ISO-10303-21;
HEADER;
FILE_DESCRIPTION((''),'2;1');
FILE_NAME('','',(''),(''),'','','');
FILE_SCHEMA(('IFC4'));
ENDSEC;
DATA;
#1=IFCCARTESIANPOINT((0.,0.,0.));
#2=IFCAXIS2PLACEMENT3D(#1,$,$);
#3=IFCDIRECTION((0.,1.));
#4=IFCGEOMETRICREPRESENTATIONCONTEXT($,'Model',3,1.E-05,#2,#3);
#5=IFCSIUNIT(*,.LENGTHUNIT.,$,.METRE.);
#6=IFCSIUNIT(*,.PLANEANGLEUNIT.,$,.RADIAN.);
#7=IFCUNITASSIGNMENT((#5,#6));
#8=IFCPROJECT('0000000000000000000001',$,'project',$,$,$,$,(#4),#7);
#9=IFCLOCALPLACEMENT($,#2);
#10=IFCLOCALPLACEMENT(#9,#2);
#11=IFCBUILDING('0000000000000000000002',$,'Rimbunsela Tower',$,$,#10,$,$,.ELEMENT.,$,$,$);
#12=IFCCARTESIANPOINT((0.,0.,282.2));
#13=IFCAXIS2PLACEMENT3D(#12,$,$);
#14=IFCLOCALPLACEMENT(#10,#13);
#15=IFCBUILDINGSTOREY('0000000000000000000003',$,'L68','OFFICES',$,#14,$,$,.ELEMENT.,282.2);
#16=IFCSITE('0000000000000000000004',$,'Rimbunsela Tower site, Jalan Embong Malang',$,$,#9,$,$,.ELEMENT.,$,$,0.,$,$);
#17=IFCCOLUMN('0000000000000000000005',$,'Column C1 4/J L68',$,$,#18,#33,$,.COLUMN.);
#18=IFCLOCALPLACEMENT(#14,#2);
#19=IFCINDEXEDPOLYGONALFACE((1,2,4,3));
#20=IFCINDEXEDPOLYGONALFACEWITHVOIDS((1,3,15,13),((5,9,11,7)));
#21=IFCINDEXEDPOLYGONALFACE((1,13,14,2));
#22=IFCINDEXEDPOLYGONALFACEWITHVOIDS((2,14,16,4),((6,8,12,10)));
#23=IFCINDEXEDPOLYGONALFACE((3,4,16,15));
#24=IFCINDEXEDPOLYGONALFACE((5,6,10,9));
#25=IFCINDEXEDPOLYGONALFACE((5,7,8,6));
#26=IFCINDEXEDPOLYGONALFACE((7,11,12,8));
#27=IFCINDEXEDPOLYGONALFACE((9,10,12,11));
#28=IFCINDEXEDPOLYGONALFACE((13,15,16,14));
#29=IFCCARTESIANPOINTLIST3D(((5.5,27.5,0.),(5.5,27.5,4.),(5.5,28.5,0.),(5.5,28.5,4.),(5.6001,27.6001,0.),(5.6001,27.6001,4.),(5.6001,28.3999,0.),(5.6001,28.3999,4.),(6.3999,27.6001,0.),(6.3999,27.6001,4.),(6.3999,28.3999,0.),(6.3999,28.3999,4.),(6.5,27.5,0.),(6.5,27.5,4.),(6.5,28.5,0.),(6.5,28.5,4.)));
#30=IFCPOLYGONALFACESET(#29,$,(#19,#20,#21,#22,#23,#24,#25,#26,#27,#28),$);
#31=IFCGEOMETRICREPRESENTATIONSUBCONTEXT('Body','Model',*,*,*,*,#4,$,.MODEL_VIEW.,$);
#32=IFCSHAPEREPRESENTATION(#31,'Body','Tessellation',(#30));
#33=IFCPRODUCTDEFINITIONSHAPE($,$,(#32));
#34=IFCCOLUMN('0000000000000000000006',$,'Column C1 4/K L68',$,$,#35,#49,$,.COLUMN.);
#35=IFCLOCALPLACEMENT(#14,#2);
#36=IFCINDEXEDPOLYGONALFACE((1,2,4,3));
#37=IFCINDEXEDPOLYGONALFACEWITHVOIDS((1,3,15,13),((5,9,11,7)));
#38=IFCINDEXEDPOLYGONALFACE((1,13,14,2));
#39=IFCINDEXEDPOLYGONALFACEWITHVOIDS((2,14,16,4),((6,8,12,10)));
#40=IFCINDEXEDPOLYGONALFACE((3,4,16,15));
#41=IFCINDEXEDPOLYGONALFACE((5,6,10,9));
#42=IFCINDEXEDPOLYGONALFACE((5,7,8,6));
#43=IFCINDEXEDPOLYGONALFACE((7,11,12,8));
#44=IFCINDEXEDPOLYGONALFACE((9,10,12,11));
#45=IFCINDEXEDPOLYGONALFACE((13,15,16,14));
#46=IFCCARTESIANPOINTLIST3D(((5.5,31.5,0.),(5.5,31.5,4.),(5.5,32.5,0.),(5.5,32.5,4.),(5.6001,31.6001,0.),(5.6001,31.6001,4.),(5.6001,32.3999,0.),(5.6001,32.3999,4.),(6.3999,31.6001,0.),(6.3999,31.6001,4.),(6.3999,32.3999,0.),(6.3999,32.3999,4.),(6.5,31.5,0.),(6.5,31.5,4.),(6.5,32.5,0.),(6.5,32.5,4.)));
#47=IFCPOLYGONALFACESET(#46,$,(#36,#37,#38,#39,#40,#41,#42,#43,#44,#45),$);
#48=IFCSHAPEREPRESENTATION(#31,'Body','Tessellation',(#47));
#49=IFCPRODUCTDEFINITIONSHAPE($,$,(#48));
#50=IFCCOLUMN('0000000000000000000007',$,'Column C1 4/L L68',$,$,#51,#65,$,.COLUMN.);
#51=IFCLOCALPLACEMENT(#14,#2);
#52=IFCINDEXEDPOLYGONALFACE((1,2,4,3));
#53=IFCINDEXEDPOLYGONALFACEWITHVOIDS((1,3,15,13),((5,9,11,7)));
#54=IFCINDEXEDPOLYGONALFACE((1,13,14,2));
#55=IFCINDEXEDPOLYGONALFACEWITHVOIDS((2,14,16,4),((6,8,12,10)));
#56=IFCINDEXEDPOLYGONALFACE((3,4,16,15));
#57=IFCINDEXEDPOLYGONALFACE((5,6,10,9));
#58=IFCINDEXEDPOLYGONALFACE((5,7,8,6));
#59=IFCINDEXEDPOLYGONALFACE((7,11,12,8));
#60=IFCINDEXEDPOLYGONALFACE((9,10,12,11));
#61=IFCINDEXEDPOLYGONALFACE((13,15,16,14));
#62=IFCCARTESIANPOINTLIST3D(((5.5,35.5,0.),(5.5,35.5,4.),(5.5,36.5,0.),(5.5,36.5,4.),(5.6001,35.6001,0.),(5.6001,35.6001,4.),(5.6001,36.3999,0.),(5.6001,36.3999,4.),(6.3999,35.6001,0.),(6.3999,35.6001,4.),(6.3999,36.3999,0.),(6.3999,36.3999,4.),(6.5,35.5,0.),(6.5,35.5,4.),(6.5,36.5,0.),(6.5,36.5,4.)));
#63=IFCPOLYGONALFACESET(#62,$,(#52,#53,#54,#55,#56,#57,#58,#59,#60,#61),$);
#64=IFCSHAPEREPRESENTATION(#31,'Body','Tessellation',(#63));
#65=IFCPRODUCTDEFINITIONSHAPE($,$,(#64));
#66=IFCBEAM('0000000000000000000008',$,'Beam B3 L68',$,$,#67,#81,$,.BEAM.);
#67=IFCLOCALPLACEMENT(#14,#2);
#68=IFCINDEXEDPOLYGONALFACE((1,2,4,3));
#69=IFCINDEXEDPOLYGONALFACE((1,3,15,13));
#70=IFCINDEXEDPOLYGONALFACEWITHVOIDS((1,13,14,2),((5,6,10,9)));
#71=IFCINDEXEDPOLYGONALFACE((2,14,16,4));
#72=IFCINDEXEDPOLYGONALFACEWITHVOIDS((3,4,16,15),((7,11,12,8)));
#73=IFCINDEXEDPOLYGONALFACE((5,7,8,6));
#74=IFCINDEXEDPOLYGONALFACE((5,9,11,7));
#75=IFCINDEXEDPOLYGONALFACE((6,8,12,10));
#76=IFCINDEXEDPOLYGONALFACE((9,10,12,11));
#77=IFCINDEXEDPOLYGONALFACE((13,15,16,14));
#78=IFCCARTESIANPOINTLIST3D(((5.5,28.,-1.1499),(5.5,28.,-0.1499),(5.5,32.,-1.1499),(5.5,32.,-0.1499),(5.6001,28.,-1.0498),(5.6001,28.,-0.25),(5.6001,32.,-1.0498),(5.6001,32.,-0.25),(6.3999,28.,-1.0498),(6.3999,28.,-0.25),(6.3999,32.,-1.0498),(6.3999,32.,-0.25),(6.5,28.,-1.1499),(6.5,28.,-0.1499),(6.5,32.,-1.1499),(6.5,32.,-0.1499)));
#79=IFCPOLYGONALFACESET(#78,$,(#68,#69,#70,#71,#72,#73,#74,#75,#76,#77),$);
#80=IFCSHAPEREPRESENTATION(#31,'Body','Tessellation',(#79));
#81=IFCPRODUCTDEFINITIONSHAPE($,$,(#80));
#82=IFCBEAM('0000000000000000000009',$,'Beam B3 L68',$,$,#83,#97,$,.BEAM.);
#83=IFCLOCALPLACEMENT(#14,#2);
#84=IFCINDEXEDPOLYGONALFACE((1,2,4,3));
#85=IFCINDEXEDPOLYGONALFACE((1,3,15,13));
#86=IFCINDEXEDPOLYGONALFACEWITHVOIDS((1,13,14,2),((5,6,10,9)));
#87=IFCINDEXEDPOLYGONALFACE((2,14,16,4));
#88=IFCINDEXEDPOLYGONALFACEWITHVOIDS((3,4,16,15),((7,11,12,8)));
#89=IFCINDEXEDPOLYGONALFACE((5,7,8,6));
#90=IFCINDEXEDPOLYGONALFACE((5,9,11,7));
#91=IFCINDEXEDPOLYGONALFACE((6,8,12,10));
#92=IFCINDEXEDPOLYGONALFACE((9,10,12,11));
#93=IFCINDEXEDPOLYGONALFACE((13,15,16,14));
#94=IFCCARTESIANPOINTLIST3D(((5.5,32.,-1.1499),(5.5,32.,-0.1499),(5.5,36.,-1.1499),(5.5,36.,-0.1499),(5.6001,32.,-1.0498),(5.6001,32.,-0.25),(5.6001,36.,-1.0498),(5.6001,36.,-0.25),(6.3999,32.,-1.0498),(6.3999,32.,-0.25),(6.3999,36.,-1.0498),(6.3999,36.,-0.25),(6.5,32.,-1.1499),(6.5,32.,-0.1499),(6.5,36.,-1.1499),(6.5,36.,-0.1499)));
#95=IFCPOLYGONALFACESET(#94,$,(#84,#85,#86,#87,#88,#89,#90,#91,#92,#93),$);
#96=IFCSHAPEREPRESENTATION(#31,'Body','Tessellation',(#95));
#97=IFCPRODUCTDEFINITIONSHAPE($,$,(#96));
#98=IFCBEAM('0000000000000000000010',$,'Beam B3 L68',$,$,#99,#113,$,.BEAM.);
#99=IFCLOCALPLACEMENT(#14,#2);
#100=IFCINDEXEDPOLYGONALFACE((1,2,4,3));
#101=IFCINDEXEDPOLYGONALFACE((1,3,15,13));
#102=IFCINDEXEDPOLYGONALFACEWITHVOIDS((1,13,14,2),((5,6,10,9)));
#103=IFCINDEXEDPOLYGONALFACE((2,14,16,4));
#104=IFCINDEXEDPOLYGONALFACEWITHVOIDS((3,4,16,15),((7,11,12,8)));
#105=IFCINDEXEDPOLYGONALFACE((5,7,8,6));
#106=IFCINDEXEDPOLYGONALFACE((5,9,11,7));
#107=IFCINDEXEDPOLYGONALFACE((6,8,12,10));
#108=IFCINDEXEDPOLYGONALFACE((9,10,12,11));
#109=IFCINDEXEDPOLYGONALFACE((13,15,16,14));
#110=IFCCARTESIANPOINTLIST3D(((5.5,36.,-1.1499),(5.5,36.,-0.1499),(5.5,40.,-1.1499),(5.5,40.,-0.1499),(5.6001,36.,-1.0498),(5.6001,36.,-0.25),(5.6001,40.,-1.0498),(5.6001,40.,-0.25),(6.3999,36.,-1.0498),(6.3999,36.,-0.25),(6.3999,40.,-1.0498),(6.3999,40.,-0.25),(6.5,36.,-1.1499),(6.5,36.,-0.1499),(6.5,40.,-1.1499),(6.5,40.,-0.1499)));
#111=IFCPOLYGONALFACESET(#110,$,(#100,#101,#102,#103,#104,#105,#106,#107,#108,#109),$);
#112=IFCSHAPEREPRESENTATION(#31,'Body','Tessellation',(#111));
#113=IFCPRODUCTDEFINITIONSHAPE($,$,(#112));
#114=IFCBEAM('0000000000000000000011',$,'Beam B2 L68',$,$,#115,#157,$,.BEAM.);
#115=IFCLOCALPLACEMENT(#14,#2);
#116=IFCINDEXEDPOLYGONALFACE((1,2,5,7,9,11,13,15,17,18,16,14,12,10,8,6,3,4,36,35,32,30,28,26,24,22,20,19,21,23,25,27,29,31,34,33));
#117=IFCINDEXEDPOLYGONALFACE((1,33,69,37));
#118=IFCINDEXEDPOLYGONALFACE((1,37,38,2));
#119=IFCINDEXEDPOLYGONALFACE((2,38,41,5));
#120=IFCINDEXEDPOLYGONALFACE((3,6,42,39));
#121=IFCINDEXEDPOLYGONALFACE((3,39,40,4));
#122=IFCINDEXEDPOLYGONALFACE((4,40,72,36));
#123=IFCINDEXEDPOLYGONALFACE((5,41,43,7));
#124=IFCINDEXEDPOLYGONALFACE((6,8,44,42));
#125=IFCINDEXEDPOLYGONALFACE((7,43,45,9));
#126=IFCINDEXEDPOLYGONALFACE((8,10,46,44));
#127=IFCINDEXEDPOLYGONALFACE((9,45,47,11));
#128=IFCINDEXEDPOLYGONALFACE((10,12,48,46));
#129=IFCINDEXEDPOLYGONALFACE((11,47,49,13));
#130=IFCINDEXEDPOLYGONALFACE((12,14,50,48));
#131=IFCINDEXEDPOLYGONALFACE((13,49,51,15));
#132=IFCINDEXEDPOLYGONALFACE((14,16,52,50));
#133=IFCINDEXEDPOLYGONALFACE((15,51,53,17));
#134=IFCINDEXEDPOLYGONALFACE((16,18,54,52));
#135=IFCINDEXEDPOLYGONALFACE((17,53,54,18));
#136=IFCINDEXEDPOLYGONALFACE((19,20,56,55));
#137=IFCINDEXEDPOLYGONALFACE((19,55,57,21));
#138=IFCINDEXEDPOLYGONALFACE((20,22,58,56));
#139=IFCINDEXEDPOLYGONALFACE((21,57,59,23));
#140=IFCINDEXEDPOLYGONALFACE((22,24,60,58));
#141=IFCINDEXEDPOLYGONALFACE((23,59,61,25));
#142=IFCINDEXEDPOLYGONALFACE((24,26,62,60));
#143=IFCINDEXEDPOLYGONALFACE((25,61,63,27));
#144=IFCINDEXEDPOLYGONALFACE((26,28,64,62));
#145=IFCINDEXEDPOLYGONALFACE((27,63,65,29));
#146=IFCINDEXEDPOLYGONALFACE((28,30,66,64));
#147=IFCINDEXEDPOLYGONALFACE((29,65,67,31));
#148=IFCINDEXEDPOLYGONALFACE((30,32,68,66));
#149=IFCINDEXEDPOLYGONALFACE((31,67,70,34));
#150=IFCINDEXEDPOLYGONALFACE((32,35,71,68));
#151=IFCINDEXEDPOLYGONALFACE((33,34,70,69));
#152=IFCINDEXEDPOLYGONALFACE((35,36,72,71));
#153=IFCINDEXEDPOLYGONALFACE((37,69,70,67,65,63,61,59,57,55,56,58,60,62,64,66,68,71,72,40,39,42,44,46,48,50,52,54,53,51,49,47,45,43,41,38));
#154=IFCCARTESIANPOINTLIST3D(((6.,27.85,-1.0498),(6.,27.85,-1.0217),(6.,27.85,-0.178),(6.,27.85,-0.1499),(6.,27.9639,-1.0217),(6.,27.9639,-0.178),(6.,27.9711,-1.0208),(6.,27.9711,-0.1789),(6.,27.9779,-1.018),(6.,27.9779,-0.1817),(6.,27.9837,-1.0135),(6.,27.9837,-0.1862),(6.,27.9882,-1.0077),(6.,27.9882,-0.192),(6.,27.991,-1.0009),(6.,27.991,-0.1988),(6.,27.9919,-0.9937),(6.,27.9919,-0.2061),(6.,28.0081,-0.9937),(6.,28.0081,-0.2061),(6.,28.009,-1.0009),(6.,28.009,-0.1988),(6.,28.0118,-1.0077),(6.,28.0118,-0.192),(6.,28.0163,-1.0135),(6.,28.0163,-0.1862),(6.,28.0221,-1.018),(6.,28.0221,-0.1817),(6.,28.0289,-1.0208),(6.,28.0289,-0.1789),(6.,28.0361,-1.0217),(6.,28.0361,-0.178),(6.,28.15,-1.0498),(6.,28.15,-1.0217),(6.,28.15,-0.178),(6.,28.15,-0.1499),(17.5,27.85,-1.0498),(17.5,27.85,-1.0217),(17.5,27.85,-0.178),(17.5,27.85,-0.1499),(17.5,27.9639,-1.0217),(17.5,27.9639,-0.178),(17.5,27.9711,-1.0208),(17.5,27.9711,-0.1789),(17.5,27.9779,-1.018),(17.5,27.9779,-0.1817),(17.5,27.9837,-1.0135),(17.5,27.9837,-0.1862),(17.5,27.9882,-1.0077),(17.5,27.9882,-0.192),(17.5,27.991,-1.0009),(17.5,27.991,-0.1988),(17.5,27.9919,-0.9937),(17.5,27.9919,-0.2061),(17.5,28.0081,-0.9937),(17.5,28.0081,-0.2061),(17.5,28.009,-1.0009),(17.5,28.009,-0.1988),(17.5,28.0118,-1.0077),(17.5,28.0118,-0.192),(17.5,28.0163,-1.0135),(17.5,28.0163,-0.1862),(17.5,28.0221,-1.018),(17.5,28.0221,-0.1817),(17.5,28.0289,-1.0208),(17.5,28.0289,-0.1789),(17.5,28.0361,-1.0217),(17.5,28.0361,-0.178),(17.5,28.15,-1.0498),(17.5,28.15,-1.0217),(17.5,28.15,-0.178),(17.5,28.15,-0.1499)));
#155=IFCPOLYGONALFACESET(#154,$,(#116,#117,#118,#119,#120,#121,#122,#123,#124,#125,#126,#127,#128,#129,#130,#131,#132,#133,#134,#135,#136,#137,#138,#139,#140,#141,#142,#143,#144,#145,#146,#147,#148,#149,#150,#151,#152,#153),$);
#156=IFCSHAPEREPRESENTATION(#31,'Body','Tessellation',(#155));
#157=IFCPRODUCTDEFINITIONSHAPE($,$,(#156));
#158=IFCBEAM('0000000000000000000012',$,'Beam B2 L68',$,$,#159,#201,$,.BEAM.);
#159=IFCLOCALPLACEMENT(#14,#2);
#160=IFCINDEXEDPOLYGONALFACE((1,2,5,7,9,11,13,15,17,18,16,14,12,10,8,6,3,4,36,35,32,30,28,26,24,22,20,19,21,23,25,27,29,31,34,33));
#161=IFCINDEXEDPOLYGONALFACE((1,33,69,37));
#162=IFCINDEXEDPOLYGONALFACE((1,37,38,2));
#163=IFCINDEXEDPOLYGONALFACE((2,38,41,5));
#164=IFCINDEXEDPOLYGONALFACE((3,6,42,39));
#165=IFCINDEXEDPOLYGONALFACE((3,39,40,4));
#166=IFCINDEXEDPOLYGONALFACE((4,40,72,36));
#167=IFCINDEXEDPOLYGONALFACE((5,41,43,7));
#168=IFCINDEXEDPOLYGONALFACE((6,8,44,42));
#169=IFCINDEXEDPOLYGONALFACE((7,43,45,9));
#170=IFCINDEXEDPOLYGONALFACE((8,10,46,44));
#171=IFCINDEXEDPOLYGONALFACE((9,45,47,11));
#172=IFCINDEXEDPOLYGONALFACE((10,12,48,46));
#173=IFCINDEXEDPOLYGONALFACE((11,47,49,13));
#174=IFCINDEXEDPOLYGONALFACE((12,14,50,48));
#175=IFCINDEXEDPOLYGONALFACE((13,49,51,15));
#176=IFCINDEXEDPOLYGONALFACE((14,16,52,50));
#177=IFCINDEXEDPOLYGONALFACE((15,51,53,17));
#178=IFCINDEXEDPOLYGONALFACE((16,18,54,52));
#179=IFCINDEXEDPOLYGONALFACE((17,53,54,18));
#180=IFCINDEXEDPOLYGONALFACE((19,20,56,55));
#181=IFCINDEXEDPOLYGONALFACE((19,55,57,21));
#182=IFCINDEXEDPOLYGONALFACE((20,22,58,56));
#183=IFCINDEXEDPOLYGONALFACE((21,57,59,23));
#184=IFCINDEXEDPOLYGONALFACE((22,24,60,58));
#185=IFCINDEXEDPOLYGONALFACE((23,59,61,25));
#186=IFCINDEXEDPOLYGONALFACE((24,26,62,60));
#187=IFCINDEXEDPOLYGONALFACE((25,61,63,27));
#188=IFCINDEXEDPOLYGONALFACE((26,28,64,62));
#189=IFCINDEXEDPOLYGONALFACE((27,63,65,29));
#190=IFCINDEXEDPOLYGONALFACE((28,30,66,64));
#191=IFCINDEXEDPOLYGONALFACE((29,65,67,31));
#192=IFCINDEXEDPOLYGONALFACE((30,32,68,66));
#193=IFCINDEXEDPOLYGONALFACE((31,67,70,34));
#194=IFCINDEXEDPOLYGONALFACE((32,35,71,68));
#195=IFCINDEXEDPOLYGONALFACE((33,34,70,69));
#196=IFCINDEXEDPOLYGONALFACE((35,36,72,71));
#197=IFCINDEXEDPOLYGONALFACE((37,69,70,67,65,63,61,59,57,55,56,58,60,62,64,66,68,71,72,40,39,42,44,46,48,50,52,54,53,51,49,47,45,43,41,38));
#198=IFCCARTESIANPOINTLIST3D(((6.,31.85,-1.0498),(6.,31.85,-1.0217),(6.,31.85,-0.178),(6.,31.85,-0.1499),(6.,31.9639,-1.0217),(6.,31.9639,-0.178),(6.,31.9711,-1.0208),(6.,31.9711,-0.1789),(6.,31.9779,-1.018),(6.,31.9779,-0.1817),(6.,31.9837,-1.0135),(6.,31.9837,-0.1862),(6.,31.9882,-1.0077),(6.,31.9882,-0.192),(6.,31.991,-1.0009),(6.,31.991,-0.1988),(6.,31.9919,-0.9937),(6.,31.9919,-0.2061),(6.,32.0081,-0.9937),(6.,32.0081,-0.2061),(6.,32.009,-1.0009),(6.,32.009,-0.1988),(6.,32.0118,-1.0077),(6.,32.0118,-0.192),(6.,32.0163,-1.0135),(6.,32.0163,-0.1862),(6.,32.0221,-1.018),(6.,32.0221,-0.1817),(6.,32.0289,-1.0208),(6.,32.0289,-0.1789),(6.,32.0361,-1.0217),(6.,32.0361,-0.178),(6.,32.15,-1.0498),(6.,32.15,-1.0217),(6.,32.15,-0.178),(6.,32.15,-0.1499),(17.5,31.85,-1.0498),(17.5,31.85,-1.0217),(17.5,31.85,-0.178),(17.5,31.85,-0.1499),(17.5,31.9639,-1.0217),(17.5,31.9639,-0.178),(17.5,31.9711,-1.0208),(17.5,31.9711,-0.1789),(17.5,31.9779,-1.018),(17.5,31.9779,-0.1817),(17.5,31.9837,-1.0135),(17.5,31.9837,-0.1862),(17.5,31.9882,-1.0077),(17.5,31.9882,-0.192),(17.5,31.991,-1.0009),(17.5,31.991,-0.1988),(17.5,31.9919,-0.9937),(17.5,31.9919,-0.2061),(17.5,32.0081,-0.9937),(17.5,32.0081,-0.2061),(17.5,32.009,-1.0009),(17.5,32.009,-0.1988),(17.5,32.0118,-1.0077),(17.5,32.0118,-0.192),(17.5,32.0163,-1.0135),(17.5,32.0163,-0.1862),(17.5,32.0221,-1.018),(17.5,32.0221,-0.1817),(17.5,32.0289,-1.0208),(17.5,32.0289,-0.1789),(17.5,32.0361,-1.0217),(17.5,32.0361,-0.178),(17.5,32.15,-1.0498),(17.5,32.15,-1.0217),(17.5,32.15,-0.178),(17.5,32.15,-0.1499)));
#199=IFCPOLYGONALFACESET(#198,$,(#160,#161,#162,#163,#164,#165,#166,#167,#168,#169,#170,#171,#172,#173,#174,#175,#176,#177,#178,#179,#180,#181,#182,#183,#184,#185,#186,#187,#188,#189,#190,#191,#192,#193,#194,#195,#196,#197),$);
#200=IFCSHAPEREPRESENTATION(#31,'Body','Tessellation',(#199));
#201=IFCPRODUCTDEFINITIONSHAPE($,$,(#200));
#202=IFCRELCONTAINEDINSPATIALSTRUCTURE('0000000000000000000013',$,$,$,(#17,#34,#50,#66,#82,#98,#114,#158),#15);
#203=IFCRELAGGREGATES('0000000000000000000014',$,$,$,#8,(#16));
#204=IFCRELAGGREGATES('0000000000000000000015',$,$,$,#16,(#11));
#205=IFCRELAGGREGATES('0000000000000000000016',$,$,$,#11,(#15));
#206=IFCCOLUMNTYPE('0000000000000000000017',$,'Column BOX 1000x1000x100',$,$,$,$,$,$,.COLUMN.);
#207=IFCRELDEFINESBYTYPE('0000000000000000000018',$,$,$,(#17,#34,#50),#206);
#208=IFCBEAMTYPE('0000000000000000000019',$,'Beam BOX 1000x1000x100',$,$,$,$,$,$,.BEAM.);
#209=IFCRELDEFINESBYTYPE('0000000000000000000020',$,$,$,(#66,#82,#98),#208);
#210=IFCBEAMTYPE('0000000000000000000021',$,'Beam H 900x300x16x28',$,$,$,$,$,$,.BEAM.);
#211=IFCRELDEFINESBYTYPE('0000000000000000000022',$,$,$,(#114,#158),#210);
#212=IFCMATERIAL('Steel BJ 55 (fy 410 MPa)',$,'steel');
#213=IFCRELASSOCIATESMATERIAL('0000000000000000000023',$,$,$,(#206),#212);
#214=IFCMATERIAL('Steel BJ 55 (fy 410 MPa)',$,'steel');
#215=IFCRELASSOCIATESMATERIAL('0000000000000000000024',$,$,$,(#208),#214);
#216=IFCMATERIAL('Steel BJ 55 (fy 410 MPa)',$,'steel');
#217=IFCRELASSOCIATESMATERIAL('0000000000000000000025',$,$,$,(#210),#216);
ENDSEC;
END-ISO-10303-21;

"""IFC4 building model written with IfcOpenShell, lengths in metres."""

from ifc_helpers import new_model, si_unit, direction, frame, origin, origin_2d, place, context, subcontext, project, spatial, hollow_rectangle, i_section, extrude, material, material_profile, profile_set, type_object, element, save


model = new_model("IFC4")

# Units and contexts
model_context = context("Model", 3, precision=1e-05, world=origin(), true_north=direction((0.0, 1.0)))
body_context = subcontext(model_context, "Body", "Model", "MODEL_VIEW")
ifc_project = project(units=[si_unit("LENGTHUNIT", "METRE"), si_unit("PLANEANGLEUNIT", "RADIAN")], contexts=[model_context])

# Site, building, storey
site_placement = place(None, origin())
site = spatial("IfcSite", under=ifc_project, at=site_placement, Name="Rimbunsela Tower site, Jalan Embong Malang", CompositionType="ELEMENT", RefElevation=0.0)
building_placement = place(site_placement, origin())
building = spatial("IfcBuilding", under=site, at=building_placement, Name="Rimbunsela Tower", CompositionType="ELEMENT")
storey_placement = place(building_placement, frame((0.0, 0.0, 282.2)))
storey = spatial("IfcBuildingStorey", under=building, at=storey_placement, Name="L68", Description="OFFICES", CompositionType="ELEMENT", Elevation=282.2)

# Columns
ifc_material_1 = material(Name="Steel BJ 55 (fy 410 MPa)", Category="steel")
ifc_material_profile_1 = material_profile(ifc_material_1, hollow_rectangle(XDim=1.0, YDim=1.0, WallThickness=0.1001, at=origin_2d()), Name="BOX 1000x1000x100")
ifc_profile_set_1 = profile_set([ifc_material_profile_1], Name="Steel BJ 55 (fy 410 MPa)")
column_type = type_object("IfcColumnType", Name="Column BOX 1000x1000x100", PredefinedType="COLUMN", material=ifc_profile_set_1)
for number, where, z_axis, x_axis, name in (
    (1, (6.0, 28.0, 0.0), (0.0, 0.0, 1.0), (1.0, 0.0, 0.0), "Column C1 4/J L68"),
    (2, (6.0, 32.0, 0.0), (0.0, 0.0, 1.0), (1.0, 0.0, 0.0), "Column C1 4/K L68"),
    (3, (6.0, 36.0, 0.0), (0.0, 0.0, 1.0), (1.0, 0.0, 0.0), "Column C1 4/L L68"),
):
    element("IfcColumn", number, at=place(storey_placement, frame(where, z_axis=z_axis, x_axis=x_axis)), inside=storey, type_object=column_type, Name=name, PredefinedType="COLUMN", context=body_context, shape_type="SweptSolid", body=[
        extrude(hollow_rectangle(XDim=1.0, YDim=1.0, WallThickness=0.1001, at=origin_2d()), origin(), (0.0, 0.0, 1.0), 4.0),
    ])

# Beams
ifc_material_2 = material(Name="Steel BJ 55 (fy 410 MPa)", Category="steel")
ifc_material_profile_2 = material_profile(ifc_material_2, hollow_rectangle(XDim=1.0, YDim=1.0, WallThickness=0.1001, at=origin_2d()), Name="BOX 1000x1000x100")
ifc_profile_set_2 = profile_set([ifc_material_profile_2], Name="Steel BJ 55 (fy 410 MPa)")
beam_type_1 = type_object("IfcBeamType", Name="Beam BOX 1000x1000x100", PredefinedType="BEAM", material=ifc_profile_set_2)
for number, where, z_axis, x_axis, name in (
    (4, (6.0, 28.0, -0.6499), (0.0, 1.0, 0.0), (-1.0, 0.0, 0.0), "Beam B3 L68"),
    (5, (6.0, 32.0, -0.6499), (0.0, 1.0, 0.0), (-1.0, 0.0, 0.0), "Beam B3 L68"),
    (6, (6.0, 36.0, -0.6499), (0.0, 1.0, 0.0), (-1.0, 0.0, 0.0), "Beam B3 L68"),
):
    element("IfcBeam", number, at=place(storey_placement, frame(where, z_axis=z_axis, x_axis=x_axis)), inside=storey, type_object=beam_type_1, Name=name, PredefinedType="BEAM", context=body_context, shape_type="SweptSolid", body=[
        extrude(hollow_rectangle(XDim=1.0, YDim=1.0, WallThickness=0.1001, at=origin_2d()), origin(), (0.0, 0.0, 1.0), 4.0),
    ])
ifc_material_3 = material(Name="Steel BJ 55 (fy 410 MPa)", Category="steel")
ifc_material_profile_3 = material_profile(ifc_material_3, i_section(OverallWidth=0.3, OverallDepth=0.8999, WebThickness=0.0161, FlangeThickness=0.0281, FilletRadius=0.0281, at=origin_2d()), Name="H 900x300x16x28")
ifc_profile_set_3 = profile_set([ifc_material_profile_3], Name="Steel BJ 55 (fy 410 MPa)")
beam_type_2 = type_object("IfcBeamType", Name="Beam H 900x300x16x28", PredefinedType="BEAM", material=ifc_profile_set_3)
for number, where, z_axis, x_axis, name in (
    (7, (6.0, 28.0, -0.5999), (1.0, 0.0, 0.0), (0.0, 1.0, 0.0), "Beam B2 L68"),
    (8, (6.0, 32.0, -0.5999), (1.0, 0.0, 0.0), (0.0, 1.0, 0.0), "Beam B2 L68"),
):
    element("IfcBeam", number, at=place(storey_placement, frame(where, z_axis=z_axis, x_axis=x_axis)), inside=storey, type_object=beam_type_2, Name=name, PredefinedType="BEAM", context=body_context, shape_type="SweptSolid", body=[
        extrude(i_section(OverallWidth=0.3, OverallDepth=0.8999, WebThickness=0.0161, FlangeThickness=0.0281, FilletRadius=0.0281, at=origin_2d()), origin(), (0.0, 0.0, 1.0), 11.5),
    ])

save(model, "model.ifc")
